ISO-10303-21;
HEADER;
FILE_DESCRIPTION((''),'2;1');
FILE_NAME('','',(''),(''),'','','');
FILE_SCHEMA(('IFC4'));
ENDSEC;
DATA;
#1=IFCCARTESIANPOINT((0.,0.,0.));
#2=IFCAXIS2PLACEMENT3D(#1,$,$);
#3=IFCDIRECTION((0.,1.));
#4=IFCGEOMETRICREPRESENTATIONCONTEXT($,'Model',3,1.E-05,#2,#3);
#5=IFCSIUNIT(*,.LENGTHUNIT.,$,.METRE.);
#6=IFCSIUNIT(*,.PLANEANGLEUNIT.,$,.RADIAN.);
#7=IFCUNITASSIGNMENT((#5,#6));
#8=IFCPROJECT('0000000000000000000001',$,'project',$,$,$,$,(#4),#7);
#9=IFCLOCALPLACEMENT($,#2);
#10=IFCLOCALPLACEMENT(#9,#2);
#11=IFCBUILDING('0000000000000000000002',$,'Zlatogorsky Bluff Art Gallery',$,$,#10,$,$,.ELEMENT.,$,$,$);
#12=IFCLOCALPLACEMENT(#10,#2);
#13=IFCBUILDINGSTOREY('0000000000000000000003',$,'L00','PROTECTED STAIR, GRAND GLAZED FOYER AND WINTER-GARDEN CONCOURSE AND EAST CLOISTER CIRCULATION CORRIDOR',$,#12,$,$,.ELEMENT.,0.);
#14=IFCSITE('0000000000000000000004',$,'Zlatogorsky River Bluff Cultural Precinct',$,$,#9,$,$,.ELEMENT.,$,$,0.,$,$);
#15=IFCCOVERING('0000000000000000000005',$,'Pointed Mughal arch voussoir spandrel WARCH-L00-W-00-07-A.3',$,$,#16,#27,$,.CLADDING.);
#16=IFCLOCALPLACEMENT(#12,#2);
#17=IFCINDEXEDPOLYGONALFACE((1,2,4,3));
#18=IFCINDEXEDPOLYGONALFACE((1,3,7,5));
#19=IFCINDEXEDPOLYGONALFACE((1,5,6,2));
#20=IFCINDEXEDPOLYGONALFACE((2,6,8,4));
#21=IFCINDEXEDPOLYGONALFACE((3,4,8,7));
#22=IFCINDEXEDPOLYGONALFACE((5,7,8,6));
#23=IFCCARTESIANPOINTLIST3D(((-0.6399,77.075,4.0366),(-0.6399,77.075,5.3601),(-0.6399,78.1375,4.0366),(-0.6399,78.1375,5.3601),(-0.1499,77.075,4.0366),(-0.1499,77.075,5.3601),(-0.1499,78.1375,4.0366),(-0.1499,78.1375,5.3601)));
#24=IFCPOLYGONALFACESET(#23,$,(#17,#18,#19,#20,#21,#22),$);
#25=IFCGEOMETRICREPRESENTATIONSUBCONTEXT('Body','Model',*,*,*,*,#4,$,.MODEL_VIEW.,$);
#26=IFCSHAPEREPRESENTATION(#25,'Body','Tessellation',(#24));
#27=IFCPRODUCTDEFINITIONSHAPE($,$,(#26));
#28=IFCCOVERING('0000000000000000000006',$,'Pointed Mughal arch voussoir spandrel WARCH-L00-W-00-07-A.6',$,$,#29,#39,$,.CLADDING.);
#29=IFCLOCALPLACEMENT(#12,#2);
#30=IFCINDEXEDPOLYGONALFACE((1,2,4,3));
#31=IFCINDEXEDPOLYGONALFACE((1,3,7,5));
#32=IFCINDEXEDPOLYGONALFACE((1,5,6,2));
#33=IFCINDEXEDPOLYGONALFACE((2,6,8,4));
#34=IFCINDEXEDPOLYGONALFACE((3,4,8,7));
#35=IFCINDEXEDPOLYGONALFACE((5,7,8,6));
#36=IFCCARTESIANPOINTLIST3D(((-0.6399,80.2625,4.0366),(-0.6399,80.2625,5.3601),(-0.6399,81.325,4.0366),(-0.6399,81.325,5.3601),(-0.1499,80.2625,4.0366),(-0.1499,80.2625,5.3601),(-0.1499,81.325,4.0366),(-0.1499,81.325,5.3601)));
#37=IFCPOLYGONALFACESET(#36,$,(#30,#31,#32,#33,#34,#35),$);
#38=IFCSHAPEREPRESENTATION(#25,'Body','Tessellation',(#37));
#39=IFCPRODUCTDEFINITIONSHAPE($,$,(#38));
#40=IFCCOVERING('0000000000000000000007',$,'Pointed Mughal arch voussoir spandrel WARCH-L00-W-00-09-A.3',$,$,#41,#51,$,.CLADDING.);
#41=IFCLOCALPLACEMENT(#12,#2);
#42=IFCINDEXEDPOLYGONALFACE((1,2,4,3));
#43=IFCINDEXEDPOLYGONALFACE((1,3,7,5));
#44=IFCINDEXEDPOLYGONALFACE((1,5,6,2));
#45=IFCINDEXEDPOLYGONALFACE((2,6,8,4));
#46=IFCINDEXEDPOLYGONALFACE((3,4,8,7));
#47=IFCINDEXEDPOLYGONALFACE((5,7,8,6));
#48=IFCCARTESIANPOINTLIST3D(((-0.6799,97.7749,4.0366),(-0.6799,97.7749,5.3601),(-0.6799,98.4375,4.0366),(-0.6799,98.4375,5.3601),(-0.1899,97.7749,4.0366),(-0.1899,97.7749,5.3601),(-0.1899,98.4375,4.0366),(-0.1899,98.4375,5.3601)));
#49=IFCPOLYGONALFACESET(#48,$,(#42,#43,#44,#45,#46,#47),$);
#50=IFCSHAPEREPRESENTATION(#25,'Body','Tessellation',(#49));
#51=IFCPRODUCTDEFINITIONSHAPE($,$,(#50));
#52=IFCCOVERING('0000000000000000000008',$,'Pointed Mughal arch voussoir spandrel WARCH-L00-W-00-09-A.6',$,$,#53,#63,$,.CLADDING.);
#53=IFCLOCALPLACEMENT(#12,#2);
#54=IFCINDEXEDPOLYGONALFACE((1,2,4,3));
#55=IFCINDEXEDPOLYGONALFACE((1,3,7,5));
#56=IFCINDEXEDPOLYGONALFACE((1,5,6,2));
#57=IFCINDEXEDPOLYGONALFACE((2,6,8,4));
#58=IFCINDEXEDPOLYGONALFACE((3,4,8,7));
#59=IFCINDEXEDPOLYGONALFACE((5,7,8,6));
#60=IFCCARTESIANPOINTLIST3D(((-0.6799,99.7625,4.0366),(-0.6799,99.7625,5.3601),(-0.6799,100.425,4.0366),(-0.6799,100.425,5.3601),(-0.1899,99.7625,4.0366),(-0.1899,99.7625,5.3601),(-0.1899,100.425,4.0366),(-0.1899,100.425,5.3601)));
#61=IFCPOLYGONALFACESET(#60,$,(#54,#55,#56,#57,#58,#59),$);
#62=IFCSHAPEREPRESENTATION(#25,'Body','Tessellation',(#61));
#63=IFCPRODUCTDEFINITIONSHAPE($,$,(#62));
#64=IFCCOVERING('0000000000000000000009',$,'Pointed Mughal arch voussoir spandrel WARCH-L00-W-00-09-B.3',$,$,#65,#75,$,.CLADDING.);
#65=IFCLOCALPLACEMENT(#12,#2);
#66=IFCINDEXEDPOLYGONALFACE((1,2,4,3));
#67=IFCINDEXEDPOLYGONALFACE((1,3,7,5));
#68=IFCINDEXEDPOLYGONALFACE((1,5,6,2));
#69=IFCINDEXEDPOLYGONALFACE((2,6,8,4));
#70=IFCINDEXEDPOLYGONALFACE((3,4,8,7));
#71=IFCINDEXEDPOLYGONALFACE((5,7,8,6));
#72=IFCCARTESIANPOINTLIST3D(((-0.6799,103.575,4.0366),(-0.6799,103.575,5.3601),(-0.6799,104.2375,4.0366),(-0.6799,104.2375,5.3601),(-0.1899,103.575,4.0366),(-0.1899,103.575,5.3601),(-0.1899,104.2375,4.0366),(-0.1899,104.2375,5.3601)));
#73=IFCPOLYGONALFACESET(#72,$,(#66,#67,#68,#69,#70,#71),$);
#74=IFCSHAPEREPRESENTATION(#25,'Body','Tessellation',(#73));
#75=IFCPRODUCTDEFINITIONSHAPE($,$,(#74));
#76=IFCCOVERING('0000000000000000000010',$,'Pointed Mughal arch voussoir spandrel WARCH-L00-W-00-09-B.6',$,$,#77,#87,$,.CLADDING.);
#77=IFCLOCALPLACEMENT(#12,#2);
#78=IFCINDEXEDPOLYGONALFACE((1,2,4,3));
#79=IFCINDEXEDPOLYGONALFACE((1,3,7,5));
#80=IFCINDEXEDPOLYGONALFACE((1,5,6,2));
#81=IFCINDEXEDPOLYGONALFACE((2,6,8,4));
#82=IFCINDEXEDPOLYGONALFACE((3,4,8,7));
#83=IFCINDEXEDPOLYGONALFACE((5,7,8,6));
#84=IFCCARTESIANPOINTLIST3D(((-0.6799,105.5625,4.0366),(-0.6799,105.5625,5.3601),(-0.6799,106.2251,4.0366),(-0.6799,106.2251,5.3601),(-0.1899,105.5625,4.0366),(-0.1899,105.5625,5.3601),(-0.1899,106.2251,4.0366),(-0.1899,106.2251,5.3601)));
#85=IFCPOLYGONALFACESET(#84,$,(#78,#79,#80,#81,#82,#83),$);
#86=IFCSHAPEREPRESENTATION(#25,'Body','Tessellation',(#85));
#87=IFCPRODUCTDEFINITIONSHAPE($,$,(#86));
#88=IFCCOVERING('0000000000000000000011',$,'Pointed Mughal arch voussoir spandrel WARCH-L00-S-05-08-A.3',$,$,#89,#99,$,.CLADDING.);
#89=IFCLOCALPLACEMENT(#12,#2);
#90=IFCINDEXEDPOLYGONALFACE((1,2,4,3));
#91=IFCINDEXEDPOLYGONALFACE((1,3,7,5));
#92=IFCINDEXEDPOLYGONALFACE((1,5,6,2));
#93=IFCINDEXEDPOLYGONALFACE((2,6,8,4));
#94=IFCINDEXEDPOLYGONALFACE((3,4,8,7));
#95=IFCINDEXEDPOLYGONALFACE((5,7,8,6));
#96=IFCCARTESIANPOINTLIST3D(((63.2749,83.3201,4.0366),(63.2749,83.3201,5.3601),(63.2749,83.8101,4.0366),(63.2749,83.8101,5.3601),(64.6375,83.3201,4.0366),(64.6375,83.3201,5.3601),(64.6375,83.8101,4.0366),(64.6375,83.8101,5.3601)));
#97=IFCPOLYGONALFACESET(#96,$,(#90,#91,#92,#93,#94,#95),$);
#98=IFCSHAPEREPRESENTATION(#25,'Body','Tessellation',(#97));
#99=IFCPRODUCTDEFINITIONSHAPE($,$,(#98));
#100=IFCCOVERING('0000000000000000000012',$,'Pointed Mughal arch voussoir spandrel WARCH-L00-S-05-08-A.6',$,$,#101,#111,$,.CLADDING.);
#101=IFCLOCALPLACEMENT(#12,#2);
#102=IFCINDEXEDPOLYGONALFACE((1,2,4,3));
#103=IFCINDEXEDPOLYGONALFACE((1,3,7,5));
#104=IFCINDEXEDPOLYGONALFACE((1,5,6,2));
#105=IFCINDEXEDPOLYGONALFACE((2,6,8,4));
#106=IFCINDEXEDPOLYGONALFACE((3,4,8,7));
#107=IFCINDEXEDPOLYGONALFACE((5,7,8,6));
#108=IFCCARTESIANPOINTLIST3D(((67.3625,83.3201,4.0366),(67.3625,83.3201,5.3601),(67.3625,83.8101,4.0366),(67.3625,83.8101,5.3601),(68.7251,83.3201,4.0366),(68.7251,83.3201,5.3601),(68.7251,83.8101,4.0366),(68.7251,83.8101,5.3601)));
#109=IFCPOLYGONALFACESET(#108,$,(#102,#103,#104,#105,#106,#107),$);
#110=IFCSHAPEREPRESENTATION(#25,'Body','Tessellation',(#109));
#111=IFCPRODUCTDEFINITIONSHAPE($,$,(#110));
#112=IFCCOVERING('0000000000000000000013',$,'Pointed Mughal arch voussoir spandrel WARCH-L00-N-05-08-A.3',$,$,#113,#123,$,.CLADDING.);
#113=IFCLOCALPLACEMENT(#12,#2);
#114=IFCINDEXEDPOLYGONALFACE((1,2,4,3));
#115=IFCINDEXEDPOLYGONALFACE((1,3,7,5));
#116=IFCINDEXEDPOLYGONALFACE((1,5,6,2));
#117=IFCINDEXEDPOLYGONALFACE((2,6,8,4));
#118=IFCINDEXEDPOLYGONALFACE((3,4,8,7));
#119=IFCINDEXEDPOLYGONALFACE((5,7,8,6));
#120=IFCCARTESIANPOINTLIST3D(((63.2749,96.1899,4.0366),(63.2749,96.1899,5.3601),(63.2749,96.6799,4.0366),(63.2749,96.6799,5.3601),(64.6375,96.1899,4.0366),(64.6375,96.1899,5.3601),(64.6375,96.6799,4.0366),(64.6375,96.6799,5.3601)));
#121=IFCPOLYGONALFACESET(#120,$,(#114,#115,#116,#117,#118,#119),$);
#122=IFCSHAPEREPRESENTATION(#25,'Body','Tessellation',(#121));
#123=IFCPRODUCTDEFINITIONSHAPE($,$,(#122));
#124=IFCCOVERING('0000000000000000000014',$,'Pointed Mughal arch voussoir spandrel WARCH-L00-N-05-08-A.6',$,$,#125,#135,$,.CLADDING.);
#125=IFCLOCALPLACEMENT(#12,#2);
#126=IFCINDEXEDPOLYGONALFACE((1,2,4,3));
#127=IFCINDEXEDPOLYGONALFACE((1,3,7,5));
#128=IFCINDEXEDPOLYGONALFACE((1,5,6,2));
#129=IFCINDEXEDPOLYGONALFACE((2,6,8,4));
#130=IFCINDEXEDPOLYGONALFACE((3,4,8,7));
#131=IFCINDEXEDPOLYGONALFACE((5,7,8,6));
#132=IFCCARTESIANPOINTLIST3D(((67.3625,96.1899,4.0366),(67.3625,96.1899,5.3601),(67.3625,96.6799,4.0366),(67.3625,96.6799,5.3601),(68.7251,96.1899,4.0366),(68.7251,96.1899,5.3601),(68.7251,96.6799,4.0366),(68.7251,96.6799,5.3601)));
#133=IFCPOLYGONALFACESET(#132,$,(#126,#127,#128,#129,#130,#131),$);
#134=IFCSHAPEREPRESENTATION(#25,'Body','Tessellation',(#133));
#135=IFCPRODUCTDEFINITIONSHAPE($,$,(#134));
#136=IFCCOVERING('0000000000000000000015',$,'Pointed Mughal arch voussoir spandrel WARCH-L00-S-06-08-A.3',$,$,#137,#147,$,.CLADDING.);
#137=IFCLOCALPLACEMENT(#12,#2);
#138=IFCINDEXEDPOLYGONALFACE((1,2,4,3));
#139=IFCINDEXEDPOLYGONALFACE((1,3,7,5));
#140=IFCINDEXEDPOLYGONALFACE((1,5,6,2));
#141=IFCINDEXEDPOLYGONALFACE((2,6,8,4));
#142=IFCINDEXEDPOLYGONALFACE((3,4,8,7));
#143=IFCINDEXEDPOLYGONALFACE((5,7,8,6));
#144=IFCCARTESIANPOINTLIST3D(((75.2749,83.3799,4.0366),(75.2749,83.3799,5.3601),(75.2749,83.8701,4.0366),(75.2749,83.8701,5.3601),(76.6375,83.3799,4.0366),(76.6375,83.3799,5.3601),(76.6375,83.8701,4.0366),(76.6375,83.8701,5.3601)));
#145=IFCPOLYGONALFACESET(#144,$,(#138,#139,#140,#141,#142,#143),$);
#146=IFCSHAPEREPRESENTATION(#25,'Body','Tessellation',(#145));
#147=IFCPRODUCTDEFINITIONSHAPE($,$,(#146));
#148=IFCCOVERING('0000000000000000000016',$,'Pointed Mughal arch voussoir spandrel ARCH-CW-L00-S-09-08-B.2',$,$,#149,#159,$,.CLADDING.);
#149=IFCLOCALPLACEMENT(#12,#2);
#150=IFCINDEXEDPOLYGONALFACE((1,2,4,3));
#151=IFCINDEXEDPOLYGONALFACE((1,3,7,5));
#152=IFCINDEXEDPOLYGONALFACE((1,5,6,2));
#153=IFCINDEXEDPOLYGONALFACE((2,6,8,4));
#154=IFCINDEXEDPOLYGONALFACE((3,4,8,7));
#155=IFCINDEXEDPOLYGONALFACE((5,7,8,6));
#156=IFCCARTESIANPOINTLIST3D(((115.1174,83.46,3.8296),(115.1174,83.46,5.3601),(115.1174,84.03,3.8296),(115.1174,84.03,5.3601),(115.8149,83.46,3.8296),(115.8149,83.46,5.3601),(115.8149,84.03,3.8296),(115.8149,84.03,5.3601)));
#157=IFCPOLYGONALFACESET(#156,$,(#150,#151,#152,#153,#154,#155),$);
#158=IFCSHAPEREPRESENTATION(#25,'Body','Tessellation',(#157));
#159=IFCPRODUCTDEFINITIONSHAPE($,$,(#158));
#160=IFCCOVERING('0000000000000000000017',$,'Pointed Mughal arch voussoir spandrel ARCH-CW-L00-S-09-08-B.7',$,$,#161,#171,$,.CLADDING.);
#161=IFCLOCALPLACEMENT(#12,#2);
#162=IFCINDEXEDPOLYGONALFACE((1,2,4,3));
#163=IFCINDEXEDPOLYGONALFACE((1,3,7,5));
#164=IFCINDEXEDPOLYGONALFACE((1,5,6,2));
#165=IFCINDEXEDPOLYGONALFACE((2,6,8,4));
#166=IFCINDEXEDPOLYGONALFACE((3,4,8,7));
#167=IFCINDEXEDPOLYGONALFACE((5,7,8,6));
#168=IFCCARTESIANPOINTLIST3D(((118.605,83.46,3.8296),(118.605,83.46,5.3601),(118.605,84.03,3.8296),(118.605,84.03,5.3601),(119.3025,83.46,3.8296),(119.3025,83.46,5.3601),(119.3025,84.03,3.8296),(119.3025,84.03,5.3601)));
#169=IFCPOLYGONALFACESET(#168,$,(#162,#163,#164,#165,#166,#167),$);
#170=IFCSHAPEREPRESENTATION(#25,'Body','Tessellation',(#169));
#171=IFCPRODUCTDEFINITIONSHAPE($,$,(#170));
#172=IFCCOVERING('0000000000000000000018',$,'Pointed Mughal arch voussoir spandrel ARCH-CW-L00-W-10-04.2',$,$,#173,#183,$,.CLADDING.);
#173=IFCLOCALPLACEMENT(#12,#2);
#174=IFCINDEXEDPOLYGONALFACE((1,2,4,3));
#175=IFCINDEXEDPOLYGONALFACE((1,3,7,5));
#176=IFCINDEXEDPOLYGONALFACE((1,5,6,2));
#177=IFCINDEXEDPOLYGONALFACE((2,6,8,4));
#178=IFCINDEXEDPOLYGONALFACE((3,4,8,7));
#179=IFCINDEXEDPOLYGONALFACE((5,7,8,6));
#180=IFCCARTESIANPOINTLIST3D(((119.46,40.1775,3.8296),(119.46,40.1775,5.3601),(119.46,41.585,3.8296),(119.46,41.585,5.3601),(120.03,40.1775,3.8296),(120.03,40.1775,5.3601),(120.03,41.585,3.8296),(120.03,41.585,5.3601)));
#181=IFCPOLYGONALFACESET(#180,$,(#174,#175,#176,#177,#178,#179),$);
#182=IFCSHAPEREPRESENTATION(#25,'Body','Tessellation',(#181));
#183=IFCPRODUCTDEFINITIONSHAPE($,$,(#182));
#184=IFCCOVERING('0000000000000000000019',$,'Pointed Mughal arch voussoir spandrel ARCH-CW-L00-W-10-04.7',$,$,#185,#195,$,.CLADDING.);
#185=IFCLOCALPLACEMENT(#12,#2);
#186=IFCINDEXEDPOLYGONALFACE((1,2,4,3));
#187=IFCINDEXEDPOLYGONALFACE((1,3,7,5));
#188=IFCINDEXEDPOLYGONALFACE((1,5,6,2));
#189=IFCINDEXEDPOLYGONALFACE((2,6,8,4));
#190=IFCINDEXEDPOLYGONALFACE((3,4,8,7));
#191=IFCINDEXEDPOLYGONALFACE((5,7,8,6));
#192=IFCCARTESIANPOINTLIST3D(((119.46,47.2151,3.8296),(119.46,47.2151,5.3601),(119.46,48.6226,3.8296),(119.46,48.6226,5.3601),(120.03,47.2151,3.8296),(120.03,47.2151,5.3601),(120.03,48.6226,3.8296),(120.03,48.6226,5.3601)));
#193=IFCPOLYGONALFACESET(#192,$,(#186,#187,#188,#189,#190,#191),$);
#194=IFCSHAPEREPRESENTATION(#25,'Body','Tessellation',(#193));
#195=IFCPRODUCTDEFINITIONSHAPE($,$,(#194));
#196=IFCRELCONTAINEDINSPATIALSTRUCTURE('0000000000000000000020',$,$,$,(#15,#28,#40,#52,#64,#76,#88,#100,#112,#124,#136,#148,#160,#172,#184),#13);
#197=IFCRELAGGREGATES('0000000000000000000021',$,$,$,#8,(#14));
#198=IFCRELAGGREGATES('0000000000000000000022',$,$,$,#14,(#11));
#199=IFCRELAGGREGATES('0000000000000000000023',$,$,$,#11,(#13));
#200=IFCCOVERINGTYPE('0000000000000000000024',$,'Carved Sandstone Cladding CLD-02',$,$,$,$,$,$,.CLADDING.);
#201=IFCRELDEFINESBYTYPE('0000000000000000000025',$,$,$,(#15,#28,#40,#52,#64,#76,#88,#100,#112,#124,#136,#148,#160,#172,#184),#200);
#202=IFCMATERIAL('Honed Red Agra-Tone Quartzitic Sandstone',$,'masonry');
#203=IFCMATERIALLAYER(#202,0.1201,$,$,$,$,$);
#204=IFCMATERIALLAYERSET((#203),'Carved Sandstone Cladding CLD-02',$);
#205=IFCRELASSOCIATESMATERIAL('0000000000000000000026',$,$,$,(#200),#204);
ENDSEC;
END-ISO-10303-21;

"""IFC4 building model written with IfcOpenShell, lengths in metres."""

from ifc_helpers import new_model, si_unit, direction, frame, origin, place, context, subcontext, project, spatial, polyline, outline, extrude, material, layer, layer_set, type_object, element, save


model = new_model("IFC4")

# Units and contexts
model_context = context("Model", 3, precision=1e-05, world=origin(), true_north=direction((0.0, 1.0)))
body_context = subcontext(model_context, "Body", "Model", "MODEL_VIEW")
ifc_project = project(units=[si_unit("LENGTHUNIT", "METRE"), si_unit("PLANEANGLEUNIT", "RADIAN")], contexts=[model_context])

# Site, building, storey
site_placement = place(None, origin())
site = spatial("IfcSite", under=ifc_project, at=site_placement, Name="Zlatogorsky River Bluff Cultural Precinct", CompositionType="ELEMENT", RefElevation=0.0)
building_placement = place(site_placement, origin())
building = spatial("IfcBuilding", under=site, at=building_placement, Name="Zlatogorsky Bluff Art Gallery", CompositionType="ELEMENT")
storey_placement = place(building_placement, origin())
storey = spatial("IfcBuildingStorey", under=building, at=storey_placement, Name="L00", Description="PROTECTED STAIR, GRAND GLAZED FOYER AND WINTER-GARDEN CONCOURSE AND EAST CLOISTER CIRCULATION CORRIDOR", CompositionType="ELEMENT", Elevation=0.0)

# Coverings
ifc_material = material(Name="Honed Red Agra-Tone Quartzitic Sandstone", Category="masonry")
ifc_layer = layer(ifc_material, 0.1201)
ifc_layer_set = layer_set([ifc_layer], Name="Carved Sandstone Cladding CLD-02")
covering_type = type_object("IfcCoveringType", Name="Carved Sandstone Cladding CLD-02", PredefinedType="CLADDING", material=ifc_layer_set)
covering_1_placement = place(storey_placement, frame((0.0, 0.0, 4.0366)))
element("IfcCovering", 1, at=covering_1_placement, inside=storey, type_object=covering_type, Name="Pointed Mughal arch voussoir spandrel WARCH-L00-W-00-07-A.3", PredefinedType="CLADDING", context=body_context, shape_type="SweptSolid", body=[
    extrude(outline(polyline([(-0.6399, 77.075), (-0.6399, 78.1375), (-0.1499, 78.1375), (-0.1499, 77.075), (-0.6399, 77.075)])), origin(), (0.0, 0.0, 1.0), 1.3235),
])
covering_2_placement = place(storey_placement, frame((0.0, 0.0, 4.0366)))
element("IfcCovering", 2, at=covering_2_placement, inside=storey, type_object=covering_type, Name="Pointed Mughal arch voussoir spandrel WARCH-L00-W-00-07-A.6", PredefinedType="CLADDING", context=body_context, shape_type="SweptSolid", body=[
    extrude(outline(polyline([(-0.6399, 80.2625), (-0.6399, 81.325), (-0.1499, 81.325), (-0.1499, 80.2625), (-0.6399, 80.2625)])), origin(), (0.0, 0.0, 1.0), 1.3235),
])
covering_3_placement = place(storey_placement, frame((0.0, 0.0, 4.0366)))
element("IfcCovering", 3, at=covering_3_placement, inside=storey, type_object=covering_type, Name="Pointed Mughal arch voussoir spandrel WARCH-L00-W-00-09-A.3", PredefinedType="CLADDING", context=body_context, shape_type="SweptSolid", body=[
    extrude(outline(polyline([(-0.6799, 97.7749), (-0.6799, 98.4375), (-0.1899, 98.4375), (-0.1899, 97.7749), (-0.6799, 97.7749)])), origin(), (0.0, 0.0, 1.0), 1.3235),
])
covering_4_placement = place(storey_placement, frame((0.0, 0.0, 4.0366)))
element("IfcCovering", 4, at=covering_4_placement, inside=storey, type_object=covering_type, Name="Pointed Mughal arch voussoir spandrel WARCH-L00-W-00-09-A.6", PredefinedType="CLADDING", context=body_context, shape_type="SweptSolid", body=[
    extrude(outline(polyline([(-0.6799, 99.7625), (-0.6799, 100.425), (-0.1899, 100.425), (-0.1899, 99.7625), (-0.6799, 99.7625)])), origin(), (0.0, 0.0, 1.0), 1.3235),
])
covering_5_placement = place(storey_placement, frame((0.0, 0.0, 4.0366)))
element("IfcCovering", 5, at=covering_5_placement, inside=storey, type_object=covering_type, Name="Pointed Mughal arch voussoir spandrel WARCH-L00-W-00-09-B.3", PredefinedType="CLADDING", context=body_context, shape_type="SweptSolid", body=[
    extrude(outline(polyline([(-0.6799, 103.575), (-0.6799, 104.2375), (-0.1899, 104.2375), (-0.1899, 103.575), (-0.6799, 103.575)])), origin(), (0.0, 0.0, 1.0), 1.3235),
])
covering_6_placement = place(storey_placement, frame((0.0, 0.0, 4.0366)))
element("IfcCovering", 6, at=covering_6_placement, inside=storey, type_object=covering_type, Name="Pointed Mughal arch voussoir spandrel WARCH-L00-W-00-09-B.6", PredefinedType="CLADDING", context=body_context, shape_type="SweptSolid", body=[
    extrude(outline(polyline([(-0.6799, 105.5625), (-0.6799, 106.2251), (-0.1899, 106.2251), (-0.1899, 105.5625), (-0.6799, 105.5625)])), origin(), (0.0, 0.0, 1.0), 1.3235),
])
covering_7_placement = place(storey_placement, frame((0.0, 0.0, 4.0366)))
element("IfcCovering", 7, at=covering_7_placement, inside=storey, type_object=covering_type, Name="Pointed Mughal arch voussoir spandrel WARCH-L00-S-05-08-A.3", PredefinedType="CLADDING", context=body_context, shape_type="SweptSolid", body=[
    extrude(outline(polyline([(63.2749, 83.3201), (64.6375, 83.3201), (64.6375, 83.8101), (63.2749, 83.8101), (63.2749, 83.3201)])), origin(), (0.0, 0.0, 1.0), 1.3235),
])
covering_8_placement = place(storey_placement, frame((0.0, 0.0, 4.0366)))
element("IfcCovering", 8, at=covering_8_placement, inside=storey, type_object=covering_type, Name="Pointed Mughal arch voussoir spandrel WARCH-L00-S-05-08-A.6", PredefinedType="CLADDING", context=body_context, shape_type="SweptSolid", body=[
    extrude(outline(polyline([(67.3625, 83.3201), (68.7251, 83.3201), (68.7251, 83.8101), (67.3625, 83.8101), (67.3625, 83.3201)])), origin(), (0.0, 0.0, 1.0), 1.3235),
])
covering_9_placement = place(storey_placement, frame((0.0, 0.0, 4.0366)))
element("IfcCovering", 9, at=covering_9_placement, inside=storey, type_object=covering_type, Name="Pointed Mughal arch voussoir spandrel WARCH-L00-N-05-08-A.3", PredefinedType="CLADDING", context=body_context, shape_type="SweptSolid", body=[
    extrude(outline(polyline([(63.2749, 96.1899), (64.6375, 96.1899), (64.6375, 96.6799), (63.2749, 96.6799), (63.2749, 96.1899)])), origin(), (0.0, 0.0, 1.0), 1.3235),
])
covering_10_placement = place(storey_placement, frame((0.0, 0.0, 4.0366)))
element("IfcCovering", 10, at=covering_10_placement, inside=storey, type_object=covering_type, Name="Pointed Mughal arch voussoir spandrel WARCH-L00-N-05-08-A.6", PredefinedType="CLADDING", context=body_context, shape_type="SweptSolid", body=[
    extrude(outline(polyline([(67.3625, 96.1899), (68.7251, 96.1899), (68.7251, 96.6799), (67.3625, 96.6799), (67.3625, 96.1899)])), origin(), (0.0, 0.0, 1.0), 1.3235),
])
covering_11_placement = place(storey_placement, frame((0.0, 0.0, 4.0366)))
element("IfcCovering", 11, at=covering_11_placement, inside=storey, type_object=covering_type, Name="Pointed Mughal arch voussoir spandrel WARCH-L00-S-06-08-A.3", PredefinedType="CLADDING", context=body_context, shape_type="SweptSolid", body=[
    extrude(outline(polyline([(75.2749, 83.3799), (76.6375, 83.3799), (76.6375, 83.8701), (75.2749, 83.8701), (75.2749, 83.3799)])), origin(), (0.0, 0.0, 1.0), 1.3235),
])
covering_12_placement = place(storey_placement, frame((0.0, 0.0, 3.8296)))
element("IfcCovering", 12, at=covering_12_placement, inside=storey, type_object=covering_type, Name="Pointed Mughal arch voussoir spandrel ARCH-CW-L00-S-09-08-B.2", PredefinedType="CLADDING", context=body_context, shape_type="SweptSolid", body=[
    extrude(outline(polyline([(115.1174, 83.46), (115.8149, 83.46), (115.8149, 84.03), (115.1174, 84.03), (115.1174, 83.46)])), origin(), (0.0, 0.0, 1.0), 1.5305),
])
covering_13_placement = place(storey_placement, frame((0.0, 0.0, 3.8296)))
element("IfcCovering", 13, at=covering_13_placement, inside=storey, type_object=covering_type, Name="Pointed Mughal arch voussoir spandrel ARCH-CW-L00-S-09-08-B.7", PredefinedType="CLADDING", context=body_context, shape_type="SweptSolid", body=[
    extrude(outline(polyline([(118.605, 83.46), (119.3025, 83.46), (119.3025, 84.03), (118.605, 84.03), (118.605, 83.46)])), origin(), (0.0, 0.0, 1.0), 1.5305),
])
covering_14_placement = place(storey_placement, frame((0.0, 0.0, 3.8296)))
element("IfcCovering", 14, at=covering_14_placement, inside=storey, type_object=covering_type, Name="Pointed Mughal arch voussoir spandrel ARCH-CW-L00-W-10-04.2", PredefinedType="CLADDING", context=body_context, shape_type="SweptSolid", body=[
    extrude(outline(polyline([(119.46, 40.1775), (119.46, 41.585), (120.03, 41.585), (120.03, 40.1775), (119.46, 40.1775)])), origin(), (0.0, 0.0, 1.0), 1.5305),
])
covering_15_placement = place(storey_placement, frame((0.0, 0.0, 3.8296)))
element("IfcCovering", 15, at=covering_15_placement, inside=storey, type_object=covering_type, Name="Pointed Mughal arch voussoir spandrel ARCH-CW-L00-W-10-04.7", PredefinedType="CLADDING", context=body_context, shape_type="SweptSolid", body=[
    extrude(outline(polyline([(119.46, 47.2151), (119.46, 48.6226), (120.03, 48.6226), (120.03, 47.2151), (119.46, 47.2151)])), origin(), (0.0, 0.0, 1.0), 1.5305),
])

save(model, "model.ifc")
